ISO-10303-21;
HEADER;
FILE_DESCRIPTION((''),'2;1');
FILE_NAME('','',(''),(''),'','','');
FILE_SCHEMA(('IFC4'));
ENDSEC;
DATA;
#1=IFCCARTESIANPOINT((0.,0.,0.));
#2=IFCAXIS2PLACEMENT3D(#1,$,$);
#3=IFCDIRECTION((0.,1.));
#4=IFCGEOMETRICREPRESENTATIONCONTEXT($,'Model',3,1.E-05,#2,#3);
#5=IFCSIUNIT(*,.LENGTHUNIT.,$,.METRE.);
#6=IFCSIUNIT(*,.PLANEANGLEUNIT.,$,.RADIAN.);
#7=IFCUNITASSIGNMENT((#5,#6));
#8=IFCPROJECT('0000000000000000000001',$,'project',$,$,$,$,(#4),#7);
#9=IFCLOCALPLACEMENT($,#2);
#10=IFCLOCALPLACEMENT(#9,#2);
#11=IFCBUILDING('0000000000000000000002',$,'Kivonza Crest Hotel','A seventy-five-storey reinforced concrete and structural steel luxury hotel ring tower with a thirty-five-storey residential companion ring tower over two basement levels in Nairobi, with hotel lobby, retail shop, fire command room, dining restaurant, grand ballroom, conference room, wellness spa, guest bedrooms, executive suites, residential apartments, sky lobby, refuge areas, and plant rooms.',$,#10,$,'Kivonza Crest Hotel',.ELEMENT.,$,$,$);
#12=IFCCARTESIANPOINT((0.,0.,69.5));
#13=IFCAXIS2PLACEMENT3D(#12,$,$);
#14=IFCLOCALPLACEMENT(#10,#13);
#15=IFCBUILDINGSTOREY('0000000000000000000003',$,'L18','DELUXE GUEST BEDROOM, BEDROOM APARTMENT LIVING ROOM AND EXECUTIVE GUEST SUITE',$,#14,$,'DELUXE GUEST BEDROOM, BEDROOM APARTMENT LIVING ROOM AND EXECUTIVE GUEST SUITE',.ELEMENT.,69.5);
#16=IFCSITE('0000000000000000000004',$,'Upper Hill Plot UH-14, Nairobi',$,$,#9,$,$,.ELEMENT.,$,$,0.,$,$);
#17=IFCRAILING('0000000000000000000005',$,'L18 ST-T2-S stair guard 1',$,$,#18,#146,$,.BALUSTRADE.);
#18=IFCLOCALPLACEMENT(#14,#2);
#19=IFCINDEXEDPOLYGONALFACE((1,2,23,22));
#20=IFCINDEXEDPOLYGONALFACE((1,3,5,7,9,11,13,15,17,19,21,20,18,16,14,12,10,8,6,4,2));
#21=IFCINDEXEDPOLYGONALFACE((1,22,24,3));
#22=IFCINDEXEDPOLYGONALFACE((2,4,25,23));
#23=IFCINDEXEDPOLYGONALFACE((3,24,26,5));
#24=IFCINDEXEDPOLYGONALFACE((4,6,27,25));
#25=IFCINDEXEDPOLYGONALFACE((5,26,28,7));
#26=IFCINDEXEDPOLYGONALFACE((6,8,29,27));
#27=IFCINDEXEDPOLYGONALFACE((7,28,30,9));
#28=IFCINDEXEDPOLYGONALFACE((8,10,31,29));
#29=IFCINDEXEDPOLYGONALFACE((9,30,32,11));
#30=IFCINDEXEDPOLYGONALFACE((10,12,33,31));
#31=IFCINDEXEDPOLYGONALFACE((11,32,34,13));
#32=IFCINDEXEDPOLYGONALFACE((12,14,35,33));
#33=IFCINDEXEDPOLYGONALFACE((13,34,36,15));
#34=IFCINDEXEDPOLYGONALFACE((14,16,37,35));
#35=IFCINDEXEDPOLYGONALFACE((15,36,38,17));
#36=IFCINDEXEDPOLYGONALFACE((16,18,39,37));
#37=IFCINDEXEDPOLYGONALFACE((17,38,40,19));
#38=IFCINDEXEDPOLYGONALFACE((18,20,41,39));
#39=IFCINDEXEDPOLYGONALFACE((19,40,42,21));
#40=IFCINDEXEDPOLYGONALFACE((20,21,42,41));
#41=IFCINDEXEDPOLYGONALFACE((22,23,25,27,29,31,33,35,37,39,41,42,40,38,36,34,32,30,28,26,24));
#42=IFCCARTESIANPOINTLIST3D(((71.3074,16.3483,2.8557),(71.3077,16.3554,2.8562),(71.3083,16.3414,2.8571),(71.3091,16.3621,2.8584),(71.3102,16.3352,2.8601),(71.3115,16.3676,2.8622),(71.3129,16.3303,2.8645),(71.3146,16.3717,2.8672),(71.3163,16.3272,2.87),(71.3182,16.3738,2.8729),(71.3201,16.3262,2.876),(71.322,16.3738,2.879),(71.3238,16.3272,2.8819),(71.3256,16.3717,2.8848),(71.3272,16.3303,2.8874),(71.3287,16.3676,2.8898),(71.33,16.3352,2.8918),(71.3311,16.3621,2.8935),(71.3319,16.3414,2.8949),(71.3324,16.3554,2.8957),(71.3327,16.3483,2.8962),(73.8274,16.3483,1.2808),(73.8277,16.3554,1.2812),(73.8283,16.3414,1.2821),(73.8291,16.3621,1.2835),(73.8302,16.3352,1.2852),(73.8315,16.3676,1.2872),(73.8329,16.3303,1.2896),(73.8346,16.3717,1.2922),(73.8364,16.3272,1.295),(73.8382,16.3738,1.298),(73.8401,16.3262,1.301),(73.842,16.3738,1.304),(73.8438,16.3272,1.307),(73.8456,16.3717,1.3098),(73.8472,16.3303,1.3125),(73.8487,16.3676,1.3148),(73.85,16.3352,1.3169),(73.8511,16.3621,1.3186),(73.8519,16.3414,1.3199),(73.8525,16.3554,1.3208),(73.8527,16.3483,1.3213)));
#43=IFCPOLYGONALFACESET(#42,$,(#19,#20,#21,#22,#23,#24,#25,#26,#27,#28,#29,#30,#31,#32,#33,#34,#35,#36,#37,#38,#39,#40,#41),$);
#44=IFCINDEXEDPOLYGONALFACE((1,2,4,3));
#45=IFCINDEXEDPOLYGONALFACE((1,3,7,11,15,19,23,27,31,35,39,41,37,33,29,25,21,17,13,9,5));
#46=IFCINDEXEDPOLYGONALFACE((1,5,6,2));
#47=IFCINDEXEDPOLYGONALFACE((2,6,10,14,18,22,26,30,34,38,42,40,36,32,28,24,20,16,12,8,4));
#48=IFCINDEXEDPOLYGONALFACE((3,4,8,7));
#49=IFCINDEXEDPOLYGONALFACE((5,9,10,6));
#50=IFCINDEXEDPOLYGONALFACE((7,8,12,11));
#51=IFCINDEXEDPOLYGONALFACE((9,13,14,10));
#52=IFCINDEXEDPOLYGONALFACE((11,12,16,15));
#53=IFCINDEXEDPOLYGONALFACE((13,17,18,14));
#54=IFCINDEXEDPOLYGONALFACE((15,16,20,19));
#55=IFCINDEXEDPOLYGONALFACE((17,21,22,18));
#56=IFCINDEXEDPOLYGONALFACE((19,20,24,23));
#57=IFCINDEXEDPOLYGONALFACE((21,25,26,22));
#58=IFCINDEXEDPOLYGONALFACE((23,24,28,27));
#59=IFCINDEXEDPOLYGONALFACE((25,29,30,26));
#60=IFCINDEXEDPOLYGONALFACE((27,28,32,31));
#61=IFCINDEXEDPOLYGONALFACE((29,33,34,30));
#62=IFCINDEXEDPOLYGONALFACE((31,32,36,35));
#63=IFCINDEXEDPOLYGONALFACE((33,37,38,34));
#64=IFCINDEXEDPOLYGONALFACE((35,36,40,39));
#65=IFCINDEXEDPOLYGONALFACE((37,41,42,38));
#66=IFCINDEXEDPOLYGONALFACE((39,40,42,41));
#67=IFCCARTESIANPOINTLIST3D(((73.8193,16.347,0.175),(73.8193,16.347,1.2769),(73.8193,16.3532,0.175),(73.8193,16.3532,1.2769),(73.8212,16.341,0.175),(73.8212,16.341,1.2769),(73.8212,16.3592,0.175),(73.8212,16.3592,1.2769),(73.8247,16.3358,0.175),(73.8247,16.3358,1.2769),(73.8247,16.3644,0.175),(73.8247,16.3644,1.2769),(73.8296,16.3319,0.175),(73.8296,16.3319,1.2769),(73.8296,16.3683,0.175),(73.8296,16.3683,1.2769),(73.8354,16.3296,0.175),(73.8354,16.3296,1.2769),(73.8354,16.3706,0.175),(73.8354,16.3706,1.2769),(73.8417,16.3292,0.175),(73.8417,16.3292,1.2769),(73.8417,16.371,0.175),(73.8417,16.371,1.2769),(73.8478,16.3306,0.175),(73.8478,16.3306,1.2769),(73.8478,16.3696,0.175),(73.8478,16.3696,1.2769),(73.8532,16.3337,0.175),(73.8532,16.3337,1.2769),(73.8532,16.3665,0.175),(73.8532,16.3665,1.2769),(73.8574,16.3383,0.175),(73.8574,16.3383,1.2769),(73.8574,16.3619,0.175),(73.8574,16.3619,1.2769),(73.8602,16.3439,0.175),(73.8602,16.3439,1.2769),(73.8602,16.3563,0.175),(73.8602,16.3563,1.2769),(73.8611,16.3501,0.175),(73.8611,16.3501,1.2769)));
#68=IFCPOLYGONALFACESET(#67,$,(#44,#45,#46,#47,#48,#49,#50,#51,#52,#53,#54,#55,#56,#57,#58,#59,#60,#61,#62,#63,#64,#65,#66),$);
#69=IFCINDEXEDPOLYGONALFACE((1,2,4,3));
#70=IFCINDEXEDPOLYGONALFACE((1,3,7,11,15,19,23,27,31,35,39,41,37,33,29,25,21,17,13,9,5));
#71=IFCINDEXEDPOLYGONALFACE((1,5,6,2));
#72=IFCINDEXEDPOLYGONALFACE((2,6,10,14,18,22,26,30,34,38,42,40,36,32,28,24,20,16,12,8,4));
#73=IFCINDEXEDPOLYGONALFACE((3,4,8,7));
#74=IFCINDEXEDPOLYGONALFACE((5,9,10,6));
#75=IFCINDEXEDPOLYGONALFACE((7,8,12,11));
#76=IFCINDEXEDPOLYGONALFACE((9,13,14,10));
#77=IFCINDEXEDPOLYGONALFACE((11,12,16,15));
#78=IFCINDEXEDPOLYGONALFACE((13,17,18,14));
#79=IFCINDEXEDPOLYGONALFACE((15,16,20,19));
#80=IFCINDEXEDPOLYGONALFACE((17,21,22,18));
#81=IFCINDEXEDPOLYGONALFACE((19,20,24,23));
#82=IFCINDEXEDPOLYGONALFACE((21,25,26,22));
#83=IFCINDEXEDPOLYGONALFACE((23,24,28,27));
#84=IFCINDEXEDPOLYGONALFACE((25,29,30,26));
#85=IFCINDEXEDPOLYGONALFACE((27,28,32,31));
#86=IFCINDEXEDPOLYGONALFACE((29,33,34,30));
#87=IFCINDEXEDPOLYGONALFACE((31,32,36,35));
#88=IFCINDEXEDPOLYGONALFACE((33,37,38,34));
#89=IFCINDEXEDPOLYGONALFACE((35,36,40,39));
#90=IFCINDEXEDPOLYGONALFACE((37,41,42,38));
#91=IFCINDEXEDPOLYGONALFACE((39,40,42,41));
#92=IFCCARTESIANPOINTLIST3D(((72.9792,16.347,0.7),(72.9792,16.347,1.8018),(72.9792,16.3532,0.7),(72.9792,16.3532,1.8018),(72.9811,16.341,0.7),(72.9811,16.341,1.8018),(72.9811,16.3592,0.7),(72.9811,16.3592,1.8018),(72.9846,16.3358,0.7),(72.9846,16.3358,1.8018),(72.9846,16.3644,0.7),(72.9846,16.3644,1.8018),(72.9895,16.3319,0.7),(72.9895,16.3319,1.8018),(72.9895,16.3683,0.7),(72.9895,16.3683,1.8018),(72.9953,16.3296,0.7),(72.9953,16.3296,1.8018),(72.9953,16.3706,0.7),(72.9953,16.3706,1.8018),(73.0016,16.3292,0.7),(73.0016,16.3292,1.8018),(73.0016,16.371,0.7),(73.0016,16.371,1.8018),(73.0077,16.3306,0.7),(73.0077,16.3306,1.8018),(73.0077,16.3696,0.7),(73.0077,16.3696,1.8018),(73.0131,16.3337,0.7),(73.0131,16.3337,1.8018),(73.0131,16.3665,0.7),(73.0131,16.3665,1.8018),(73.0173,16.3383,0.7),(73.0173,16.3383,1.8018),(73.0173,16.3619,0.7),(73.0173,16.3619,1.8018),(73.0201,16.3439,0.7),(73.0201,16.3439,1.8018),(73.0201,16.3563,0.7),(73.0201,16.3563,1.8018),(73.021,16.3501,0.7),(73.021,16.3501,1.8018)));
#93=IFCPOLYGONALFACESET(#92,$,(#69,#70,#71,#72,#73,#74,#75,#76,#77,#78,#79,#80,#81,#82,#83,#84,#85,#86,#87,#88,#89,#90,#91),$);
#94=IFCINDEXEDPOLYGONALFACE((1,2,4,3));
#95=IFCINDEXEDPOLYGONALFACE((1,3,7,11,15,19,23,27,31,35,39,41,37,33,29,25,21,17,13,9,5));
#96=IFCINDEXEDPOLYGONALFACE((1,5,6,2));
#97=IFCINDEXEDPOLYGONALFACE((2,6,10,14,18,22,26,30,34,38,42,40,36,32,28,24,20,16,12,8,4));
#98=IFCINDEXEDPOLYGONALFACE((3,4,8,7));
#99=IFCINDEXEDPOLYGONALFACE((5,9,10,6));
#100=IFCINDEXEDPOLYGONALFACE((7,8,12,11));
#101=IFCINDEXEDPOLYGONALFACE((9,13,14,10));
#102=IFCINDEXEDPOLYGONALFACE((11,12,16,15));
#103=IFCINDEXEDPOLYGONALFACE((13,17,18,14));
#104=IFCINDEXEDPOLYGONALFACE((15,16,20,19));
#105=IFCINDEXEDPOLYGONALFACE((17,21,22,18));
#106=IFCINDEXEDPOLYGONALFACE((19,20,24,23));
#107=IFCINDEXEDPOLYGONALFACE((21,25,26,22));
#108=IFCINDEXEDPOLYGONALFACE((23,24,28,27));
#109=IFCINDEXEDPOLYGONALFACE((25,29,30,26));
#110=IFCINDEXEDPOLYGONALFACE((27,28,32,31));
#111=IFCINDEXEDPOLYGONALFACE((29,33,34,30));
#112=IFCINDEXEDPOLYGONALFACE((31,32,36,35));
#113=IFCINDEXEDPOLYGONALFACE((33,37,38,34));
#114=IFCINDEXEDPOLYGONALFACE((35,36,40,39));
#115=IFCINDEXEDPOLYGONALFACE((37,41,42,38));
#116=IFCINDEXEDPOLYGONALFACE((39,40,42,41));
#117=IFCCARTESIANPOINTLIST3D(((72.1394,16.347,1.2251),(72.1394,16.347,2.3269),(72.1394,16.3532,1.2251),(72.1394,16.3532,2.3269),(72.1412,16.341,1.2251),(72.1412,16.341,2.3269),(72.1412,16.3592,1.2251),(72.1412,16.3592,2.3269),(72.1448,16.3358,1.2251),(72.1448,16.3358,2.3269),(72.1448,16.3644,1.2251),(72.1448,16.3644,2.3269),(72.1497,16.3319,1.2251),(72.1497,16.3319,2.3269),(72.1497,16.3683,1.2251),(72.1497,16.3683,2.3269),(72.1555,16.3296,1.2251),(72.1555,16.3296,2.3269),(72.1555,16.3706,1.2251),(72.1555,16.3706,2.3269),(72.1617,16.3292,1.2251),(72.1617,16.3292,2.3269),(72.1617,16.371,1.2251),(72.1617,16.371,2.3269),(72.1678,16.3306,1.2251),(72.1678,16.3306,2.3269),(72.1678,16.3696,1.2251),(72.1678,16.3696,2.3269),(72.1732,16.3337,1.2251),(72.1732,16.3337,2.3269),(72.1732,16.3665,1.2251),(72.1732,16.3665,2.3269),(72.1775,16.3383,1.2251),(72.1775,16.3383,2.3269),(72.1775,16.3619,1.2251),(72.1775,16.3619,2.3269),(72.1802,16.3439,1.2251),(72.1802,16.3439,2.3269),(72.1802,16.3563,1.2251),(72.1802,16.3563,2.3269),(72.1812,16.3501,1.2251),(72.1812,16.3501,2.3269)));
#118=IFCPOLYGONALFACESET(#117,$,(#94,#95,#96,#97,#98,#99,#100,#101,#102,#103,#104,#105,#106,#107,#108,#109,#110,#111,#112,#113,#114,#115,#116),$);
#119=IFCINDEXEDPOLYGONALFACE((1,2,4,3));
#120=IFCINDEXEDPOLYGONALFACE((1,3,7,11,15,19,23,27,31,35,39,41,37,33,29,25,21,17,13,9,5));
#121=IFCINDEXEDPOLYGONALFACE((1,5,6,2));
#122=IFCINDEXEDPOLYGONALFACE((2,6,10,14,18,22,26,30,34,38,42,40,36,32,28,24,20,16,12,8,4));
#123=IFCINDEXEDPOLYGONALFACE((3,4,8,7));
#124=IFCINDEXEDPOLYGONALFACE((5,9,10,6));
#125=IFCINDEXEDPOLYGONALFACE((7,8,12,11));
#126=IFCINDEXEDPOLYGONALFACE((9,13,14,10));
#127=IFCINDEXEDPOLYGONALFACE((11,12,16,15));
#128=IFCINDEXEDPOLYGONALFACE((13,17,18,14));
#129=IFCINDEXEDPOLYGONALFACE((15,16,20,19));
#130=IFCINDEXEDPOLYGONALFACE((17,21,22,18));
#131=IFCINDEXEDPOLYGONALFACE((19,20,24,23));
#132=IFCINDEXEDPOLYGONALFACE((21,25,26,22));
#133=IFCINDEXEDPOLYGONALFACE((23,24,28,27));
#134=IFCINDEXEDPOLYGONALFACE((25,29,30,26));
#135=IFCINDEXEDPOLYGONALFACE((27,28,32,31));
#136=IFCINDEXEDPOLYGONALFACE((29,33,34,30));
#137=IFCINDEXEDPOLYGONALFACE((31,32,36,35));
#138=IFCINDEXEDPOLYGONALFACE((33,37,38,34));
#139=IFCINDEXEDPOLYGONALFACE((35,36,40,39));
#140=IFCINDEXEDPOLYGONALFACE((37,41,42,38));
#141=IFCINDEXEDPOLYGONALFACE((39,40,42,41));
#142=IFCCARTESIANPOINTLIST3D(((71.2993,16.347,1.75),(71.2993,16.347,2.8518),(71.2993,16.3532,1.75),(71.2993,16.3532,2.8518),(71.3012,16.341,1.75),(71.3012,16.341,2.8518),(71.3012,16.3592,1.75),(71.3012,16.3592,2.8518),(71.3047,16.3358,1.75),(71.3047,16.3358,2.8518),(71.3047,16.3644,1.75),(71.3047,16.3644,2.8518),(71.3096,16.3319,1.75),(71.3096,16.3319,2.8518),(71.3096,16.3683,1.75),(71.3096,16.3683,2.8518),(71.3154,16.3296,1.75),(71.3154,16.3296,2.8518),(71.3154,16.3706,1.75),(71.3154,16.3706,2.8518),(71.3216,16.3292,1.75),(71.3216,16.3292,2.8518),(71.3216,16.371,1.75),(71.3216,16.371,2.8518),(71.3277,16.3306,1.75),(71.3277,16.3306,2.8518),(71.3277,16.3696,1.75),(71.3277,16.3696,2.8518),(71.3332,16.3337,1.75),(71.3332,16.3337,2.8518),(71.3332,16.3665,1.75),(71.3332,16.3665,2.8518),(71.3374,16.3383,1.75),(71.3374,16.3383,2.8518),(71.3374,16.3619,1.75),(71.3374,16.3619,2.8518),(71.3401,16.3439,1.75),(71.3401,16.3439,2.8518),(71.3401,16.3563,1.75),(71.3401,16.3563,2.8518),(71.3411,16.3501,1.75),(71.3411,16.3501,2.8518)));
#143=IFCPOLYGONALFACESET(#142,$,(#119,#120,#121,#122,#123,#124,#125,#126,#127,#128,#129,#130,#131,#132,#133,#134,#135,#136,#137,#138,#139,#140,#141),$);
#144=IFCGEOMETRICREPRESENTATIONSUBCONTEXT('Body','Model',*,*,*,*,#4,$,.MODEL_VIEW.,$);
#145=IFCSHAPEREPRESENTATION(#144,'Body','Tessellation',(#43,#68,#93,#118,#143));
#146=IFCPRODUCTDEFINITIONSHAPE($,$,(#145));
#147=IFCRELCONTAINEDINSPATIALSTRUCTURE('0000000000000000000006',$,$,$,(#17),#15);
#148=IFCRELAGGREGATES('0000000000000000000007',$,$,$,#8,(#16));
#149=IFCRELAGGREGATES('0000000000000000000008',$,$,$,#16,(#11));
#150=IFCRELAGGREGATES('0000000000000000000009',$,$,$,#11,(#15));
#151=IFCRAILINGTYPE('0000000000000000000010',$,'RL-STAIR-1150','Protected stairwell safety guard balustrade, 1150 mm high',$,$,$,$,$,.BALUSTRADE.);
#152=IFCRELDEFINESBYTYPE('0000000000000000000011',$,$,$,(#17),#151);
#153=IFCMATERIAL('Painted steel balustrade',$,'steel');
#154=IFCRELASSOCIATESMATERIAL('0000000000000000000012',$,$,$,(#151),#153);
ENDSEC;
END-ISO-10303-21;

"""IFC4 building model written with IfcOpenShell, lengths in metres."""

from ifc_helpers import new_model, si_unit, direction, frame, origin, origin_2d, place, context, subcontext, project, spatial, circle, extrude, material, type_object, element, save


model = new_model("IFC4")

# Units and contexts
model_context = context("Model", 3, precision=1e-05, world=origin(), true_north=direction((0.0, 1.0)))
body_context = subcontext(model_context, "Body", "Model", "MODEL_VIEW")
ifc_project = project(units=[si_unit("LENGTHUNIT", "METRE"), si_unit("PLANEANGLEUNIT", "RADIAN")], contexts=[model_context])

# Site, building, storey
site_placement = place(None, origin())
site = spatial("IfcSite", under=ifc_project, at=site_placement, Name="Upper Hill Plot UH-14, Nairobi", CompositionType="ELEMENT", RefElevation=0.0)
building_placement = place(site_placement, origin())
building = spatial("IfcBuilding", under=site, at=building_placement, Name="Kivonza Crest Hotel", Description="A seventy-five-storey reinforced concrete and structural steel luxury hotel ring tower with a thirty-five-storey residential companion ring tower over two basement levels in Nairobi, with hotel lobby, retail shop, fire command room, dining restaurant, grand ballroom, conference room, wellness spa, guest bedrooms, executive suites, residential apartments, sky lobby, refuge areas, and plant rooms.", LongName="Kivonza Crest Hotel", CompositionType="ELEMENT")
storey_placement = place(building_placement, frame((0.0, 0.0, 69.5)))
storey = spatial("IfcBuildingStorey", under=building, at=storey_placement, Name="L18", Description="DELUXE GUEST BEDROOM, BEDROOM APARTMENT LIVING ROOM AND EXECUTIVE GUEST SUITE", LongName="DELUXE GUEST BEDROOM, BEDROOM APARTMENT LIVING ROOM AND EXECUTIVE GUEST SUITE", CompositionType="ELEMENT", Elevation=69.5)

# Railing
ifc_material_1 = material(Name="Painted steel balustrade", Category="steel")
railing_type_1 = type_object("IfcRailingType", Name="RL-STAIR-1150", Description="Protected stairwell safety guard balustrade, 1150 mm high", PredefinedType="BALUSTRADE", material=ifc_material_1)
railing_1_placement = place(storey_placement, frame((73.8401, 16.3501, 0.175)))
element("IfcRailing", 1, at=railing_1_placement, inside=storey, type_object=railing_type_1, Name="L18 ST-T2-S stair guard 1", PredefinedType="BALUSTRADE", context=body_context, shape_type="SweptSolid", body=[
    extrude(circle(Radius=0.0239, at=origin_2d()), frame((0.0, 0.0, 1.126), z_axis=(-0.848008, 0.0, 0.529984), x_axis=(0.0, -1.0, 0.0)), (0.0, 0.0, 1.0), 2.9717),
    extrude(circle(Radius=0.021, at=origin_2d()), origin(), (0.0, 0.0, 1.0), 1.1018),
    extrude(circle(Radius=0.021, at=origin_2d()), frame((-0.8401, 0.0, 0.5249)), (0.0, 0.0, 1.0), 1.1018),
    extrude(circle(Radius=0.021, at=origin_2d()), frame((-1.6799, 0.0, 1.05)), (0.0, 0.0, 1.0), 1.1018),
    extrude(circle(Radius=0.021, at=origin_2d()), frame((-2.52, 0.0, 1.575)), (0.0, 0.0, 1.0), 1.1018),
])

save(model, "model.ifc")
